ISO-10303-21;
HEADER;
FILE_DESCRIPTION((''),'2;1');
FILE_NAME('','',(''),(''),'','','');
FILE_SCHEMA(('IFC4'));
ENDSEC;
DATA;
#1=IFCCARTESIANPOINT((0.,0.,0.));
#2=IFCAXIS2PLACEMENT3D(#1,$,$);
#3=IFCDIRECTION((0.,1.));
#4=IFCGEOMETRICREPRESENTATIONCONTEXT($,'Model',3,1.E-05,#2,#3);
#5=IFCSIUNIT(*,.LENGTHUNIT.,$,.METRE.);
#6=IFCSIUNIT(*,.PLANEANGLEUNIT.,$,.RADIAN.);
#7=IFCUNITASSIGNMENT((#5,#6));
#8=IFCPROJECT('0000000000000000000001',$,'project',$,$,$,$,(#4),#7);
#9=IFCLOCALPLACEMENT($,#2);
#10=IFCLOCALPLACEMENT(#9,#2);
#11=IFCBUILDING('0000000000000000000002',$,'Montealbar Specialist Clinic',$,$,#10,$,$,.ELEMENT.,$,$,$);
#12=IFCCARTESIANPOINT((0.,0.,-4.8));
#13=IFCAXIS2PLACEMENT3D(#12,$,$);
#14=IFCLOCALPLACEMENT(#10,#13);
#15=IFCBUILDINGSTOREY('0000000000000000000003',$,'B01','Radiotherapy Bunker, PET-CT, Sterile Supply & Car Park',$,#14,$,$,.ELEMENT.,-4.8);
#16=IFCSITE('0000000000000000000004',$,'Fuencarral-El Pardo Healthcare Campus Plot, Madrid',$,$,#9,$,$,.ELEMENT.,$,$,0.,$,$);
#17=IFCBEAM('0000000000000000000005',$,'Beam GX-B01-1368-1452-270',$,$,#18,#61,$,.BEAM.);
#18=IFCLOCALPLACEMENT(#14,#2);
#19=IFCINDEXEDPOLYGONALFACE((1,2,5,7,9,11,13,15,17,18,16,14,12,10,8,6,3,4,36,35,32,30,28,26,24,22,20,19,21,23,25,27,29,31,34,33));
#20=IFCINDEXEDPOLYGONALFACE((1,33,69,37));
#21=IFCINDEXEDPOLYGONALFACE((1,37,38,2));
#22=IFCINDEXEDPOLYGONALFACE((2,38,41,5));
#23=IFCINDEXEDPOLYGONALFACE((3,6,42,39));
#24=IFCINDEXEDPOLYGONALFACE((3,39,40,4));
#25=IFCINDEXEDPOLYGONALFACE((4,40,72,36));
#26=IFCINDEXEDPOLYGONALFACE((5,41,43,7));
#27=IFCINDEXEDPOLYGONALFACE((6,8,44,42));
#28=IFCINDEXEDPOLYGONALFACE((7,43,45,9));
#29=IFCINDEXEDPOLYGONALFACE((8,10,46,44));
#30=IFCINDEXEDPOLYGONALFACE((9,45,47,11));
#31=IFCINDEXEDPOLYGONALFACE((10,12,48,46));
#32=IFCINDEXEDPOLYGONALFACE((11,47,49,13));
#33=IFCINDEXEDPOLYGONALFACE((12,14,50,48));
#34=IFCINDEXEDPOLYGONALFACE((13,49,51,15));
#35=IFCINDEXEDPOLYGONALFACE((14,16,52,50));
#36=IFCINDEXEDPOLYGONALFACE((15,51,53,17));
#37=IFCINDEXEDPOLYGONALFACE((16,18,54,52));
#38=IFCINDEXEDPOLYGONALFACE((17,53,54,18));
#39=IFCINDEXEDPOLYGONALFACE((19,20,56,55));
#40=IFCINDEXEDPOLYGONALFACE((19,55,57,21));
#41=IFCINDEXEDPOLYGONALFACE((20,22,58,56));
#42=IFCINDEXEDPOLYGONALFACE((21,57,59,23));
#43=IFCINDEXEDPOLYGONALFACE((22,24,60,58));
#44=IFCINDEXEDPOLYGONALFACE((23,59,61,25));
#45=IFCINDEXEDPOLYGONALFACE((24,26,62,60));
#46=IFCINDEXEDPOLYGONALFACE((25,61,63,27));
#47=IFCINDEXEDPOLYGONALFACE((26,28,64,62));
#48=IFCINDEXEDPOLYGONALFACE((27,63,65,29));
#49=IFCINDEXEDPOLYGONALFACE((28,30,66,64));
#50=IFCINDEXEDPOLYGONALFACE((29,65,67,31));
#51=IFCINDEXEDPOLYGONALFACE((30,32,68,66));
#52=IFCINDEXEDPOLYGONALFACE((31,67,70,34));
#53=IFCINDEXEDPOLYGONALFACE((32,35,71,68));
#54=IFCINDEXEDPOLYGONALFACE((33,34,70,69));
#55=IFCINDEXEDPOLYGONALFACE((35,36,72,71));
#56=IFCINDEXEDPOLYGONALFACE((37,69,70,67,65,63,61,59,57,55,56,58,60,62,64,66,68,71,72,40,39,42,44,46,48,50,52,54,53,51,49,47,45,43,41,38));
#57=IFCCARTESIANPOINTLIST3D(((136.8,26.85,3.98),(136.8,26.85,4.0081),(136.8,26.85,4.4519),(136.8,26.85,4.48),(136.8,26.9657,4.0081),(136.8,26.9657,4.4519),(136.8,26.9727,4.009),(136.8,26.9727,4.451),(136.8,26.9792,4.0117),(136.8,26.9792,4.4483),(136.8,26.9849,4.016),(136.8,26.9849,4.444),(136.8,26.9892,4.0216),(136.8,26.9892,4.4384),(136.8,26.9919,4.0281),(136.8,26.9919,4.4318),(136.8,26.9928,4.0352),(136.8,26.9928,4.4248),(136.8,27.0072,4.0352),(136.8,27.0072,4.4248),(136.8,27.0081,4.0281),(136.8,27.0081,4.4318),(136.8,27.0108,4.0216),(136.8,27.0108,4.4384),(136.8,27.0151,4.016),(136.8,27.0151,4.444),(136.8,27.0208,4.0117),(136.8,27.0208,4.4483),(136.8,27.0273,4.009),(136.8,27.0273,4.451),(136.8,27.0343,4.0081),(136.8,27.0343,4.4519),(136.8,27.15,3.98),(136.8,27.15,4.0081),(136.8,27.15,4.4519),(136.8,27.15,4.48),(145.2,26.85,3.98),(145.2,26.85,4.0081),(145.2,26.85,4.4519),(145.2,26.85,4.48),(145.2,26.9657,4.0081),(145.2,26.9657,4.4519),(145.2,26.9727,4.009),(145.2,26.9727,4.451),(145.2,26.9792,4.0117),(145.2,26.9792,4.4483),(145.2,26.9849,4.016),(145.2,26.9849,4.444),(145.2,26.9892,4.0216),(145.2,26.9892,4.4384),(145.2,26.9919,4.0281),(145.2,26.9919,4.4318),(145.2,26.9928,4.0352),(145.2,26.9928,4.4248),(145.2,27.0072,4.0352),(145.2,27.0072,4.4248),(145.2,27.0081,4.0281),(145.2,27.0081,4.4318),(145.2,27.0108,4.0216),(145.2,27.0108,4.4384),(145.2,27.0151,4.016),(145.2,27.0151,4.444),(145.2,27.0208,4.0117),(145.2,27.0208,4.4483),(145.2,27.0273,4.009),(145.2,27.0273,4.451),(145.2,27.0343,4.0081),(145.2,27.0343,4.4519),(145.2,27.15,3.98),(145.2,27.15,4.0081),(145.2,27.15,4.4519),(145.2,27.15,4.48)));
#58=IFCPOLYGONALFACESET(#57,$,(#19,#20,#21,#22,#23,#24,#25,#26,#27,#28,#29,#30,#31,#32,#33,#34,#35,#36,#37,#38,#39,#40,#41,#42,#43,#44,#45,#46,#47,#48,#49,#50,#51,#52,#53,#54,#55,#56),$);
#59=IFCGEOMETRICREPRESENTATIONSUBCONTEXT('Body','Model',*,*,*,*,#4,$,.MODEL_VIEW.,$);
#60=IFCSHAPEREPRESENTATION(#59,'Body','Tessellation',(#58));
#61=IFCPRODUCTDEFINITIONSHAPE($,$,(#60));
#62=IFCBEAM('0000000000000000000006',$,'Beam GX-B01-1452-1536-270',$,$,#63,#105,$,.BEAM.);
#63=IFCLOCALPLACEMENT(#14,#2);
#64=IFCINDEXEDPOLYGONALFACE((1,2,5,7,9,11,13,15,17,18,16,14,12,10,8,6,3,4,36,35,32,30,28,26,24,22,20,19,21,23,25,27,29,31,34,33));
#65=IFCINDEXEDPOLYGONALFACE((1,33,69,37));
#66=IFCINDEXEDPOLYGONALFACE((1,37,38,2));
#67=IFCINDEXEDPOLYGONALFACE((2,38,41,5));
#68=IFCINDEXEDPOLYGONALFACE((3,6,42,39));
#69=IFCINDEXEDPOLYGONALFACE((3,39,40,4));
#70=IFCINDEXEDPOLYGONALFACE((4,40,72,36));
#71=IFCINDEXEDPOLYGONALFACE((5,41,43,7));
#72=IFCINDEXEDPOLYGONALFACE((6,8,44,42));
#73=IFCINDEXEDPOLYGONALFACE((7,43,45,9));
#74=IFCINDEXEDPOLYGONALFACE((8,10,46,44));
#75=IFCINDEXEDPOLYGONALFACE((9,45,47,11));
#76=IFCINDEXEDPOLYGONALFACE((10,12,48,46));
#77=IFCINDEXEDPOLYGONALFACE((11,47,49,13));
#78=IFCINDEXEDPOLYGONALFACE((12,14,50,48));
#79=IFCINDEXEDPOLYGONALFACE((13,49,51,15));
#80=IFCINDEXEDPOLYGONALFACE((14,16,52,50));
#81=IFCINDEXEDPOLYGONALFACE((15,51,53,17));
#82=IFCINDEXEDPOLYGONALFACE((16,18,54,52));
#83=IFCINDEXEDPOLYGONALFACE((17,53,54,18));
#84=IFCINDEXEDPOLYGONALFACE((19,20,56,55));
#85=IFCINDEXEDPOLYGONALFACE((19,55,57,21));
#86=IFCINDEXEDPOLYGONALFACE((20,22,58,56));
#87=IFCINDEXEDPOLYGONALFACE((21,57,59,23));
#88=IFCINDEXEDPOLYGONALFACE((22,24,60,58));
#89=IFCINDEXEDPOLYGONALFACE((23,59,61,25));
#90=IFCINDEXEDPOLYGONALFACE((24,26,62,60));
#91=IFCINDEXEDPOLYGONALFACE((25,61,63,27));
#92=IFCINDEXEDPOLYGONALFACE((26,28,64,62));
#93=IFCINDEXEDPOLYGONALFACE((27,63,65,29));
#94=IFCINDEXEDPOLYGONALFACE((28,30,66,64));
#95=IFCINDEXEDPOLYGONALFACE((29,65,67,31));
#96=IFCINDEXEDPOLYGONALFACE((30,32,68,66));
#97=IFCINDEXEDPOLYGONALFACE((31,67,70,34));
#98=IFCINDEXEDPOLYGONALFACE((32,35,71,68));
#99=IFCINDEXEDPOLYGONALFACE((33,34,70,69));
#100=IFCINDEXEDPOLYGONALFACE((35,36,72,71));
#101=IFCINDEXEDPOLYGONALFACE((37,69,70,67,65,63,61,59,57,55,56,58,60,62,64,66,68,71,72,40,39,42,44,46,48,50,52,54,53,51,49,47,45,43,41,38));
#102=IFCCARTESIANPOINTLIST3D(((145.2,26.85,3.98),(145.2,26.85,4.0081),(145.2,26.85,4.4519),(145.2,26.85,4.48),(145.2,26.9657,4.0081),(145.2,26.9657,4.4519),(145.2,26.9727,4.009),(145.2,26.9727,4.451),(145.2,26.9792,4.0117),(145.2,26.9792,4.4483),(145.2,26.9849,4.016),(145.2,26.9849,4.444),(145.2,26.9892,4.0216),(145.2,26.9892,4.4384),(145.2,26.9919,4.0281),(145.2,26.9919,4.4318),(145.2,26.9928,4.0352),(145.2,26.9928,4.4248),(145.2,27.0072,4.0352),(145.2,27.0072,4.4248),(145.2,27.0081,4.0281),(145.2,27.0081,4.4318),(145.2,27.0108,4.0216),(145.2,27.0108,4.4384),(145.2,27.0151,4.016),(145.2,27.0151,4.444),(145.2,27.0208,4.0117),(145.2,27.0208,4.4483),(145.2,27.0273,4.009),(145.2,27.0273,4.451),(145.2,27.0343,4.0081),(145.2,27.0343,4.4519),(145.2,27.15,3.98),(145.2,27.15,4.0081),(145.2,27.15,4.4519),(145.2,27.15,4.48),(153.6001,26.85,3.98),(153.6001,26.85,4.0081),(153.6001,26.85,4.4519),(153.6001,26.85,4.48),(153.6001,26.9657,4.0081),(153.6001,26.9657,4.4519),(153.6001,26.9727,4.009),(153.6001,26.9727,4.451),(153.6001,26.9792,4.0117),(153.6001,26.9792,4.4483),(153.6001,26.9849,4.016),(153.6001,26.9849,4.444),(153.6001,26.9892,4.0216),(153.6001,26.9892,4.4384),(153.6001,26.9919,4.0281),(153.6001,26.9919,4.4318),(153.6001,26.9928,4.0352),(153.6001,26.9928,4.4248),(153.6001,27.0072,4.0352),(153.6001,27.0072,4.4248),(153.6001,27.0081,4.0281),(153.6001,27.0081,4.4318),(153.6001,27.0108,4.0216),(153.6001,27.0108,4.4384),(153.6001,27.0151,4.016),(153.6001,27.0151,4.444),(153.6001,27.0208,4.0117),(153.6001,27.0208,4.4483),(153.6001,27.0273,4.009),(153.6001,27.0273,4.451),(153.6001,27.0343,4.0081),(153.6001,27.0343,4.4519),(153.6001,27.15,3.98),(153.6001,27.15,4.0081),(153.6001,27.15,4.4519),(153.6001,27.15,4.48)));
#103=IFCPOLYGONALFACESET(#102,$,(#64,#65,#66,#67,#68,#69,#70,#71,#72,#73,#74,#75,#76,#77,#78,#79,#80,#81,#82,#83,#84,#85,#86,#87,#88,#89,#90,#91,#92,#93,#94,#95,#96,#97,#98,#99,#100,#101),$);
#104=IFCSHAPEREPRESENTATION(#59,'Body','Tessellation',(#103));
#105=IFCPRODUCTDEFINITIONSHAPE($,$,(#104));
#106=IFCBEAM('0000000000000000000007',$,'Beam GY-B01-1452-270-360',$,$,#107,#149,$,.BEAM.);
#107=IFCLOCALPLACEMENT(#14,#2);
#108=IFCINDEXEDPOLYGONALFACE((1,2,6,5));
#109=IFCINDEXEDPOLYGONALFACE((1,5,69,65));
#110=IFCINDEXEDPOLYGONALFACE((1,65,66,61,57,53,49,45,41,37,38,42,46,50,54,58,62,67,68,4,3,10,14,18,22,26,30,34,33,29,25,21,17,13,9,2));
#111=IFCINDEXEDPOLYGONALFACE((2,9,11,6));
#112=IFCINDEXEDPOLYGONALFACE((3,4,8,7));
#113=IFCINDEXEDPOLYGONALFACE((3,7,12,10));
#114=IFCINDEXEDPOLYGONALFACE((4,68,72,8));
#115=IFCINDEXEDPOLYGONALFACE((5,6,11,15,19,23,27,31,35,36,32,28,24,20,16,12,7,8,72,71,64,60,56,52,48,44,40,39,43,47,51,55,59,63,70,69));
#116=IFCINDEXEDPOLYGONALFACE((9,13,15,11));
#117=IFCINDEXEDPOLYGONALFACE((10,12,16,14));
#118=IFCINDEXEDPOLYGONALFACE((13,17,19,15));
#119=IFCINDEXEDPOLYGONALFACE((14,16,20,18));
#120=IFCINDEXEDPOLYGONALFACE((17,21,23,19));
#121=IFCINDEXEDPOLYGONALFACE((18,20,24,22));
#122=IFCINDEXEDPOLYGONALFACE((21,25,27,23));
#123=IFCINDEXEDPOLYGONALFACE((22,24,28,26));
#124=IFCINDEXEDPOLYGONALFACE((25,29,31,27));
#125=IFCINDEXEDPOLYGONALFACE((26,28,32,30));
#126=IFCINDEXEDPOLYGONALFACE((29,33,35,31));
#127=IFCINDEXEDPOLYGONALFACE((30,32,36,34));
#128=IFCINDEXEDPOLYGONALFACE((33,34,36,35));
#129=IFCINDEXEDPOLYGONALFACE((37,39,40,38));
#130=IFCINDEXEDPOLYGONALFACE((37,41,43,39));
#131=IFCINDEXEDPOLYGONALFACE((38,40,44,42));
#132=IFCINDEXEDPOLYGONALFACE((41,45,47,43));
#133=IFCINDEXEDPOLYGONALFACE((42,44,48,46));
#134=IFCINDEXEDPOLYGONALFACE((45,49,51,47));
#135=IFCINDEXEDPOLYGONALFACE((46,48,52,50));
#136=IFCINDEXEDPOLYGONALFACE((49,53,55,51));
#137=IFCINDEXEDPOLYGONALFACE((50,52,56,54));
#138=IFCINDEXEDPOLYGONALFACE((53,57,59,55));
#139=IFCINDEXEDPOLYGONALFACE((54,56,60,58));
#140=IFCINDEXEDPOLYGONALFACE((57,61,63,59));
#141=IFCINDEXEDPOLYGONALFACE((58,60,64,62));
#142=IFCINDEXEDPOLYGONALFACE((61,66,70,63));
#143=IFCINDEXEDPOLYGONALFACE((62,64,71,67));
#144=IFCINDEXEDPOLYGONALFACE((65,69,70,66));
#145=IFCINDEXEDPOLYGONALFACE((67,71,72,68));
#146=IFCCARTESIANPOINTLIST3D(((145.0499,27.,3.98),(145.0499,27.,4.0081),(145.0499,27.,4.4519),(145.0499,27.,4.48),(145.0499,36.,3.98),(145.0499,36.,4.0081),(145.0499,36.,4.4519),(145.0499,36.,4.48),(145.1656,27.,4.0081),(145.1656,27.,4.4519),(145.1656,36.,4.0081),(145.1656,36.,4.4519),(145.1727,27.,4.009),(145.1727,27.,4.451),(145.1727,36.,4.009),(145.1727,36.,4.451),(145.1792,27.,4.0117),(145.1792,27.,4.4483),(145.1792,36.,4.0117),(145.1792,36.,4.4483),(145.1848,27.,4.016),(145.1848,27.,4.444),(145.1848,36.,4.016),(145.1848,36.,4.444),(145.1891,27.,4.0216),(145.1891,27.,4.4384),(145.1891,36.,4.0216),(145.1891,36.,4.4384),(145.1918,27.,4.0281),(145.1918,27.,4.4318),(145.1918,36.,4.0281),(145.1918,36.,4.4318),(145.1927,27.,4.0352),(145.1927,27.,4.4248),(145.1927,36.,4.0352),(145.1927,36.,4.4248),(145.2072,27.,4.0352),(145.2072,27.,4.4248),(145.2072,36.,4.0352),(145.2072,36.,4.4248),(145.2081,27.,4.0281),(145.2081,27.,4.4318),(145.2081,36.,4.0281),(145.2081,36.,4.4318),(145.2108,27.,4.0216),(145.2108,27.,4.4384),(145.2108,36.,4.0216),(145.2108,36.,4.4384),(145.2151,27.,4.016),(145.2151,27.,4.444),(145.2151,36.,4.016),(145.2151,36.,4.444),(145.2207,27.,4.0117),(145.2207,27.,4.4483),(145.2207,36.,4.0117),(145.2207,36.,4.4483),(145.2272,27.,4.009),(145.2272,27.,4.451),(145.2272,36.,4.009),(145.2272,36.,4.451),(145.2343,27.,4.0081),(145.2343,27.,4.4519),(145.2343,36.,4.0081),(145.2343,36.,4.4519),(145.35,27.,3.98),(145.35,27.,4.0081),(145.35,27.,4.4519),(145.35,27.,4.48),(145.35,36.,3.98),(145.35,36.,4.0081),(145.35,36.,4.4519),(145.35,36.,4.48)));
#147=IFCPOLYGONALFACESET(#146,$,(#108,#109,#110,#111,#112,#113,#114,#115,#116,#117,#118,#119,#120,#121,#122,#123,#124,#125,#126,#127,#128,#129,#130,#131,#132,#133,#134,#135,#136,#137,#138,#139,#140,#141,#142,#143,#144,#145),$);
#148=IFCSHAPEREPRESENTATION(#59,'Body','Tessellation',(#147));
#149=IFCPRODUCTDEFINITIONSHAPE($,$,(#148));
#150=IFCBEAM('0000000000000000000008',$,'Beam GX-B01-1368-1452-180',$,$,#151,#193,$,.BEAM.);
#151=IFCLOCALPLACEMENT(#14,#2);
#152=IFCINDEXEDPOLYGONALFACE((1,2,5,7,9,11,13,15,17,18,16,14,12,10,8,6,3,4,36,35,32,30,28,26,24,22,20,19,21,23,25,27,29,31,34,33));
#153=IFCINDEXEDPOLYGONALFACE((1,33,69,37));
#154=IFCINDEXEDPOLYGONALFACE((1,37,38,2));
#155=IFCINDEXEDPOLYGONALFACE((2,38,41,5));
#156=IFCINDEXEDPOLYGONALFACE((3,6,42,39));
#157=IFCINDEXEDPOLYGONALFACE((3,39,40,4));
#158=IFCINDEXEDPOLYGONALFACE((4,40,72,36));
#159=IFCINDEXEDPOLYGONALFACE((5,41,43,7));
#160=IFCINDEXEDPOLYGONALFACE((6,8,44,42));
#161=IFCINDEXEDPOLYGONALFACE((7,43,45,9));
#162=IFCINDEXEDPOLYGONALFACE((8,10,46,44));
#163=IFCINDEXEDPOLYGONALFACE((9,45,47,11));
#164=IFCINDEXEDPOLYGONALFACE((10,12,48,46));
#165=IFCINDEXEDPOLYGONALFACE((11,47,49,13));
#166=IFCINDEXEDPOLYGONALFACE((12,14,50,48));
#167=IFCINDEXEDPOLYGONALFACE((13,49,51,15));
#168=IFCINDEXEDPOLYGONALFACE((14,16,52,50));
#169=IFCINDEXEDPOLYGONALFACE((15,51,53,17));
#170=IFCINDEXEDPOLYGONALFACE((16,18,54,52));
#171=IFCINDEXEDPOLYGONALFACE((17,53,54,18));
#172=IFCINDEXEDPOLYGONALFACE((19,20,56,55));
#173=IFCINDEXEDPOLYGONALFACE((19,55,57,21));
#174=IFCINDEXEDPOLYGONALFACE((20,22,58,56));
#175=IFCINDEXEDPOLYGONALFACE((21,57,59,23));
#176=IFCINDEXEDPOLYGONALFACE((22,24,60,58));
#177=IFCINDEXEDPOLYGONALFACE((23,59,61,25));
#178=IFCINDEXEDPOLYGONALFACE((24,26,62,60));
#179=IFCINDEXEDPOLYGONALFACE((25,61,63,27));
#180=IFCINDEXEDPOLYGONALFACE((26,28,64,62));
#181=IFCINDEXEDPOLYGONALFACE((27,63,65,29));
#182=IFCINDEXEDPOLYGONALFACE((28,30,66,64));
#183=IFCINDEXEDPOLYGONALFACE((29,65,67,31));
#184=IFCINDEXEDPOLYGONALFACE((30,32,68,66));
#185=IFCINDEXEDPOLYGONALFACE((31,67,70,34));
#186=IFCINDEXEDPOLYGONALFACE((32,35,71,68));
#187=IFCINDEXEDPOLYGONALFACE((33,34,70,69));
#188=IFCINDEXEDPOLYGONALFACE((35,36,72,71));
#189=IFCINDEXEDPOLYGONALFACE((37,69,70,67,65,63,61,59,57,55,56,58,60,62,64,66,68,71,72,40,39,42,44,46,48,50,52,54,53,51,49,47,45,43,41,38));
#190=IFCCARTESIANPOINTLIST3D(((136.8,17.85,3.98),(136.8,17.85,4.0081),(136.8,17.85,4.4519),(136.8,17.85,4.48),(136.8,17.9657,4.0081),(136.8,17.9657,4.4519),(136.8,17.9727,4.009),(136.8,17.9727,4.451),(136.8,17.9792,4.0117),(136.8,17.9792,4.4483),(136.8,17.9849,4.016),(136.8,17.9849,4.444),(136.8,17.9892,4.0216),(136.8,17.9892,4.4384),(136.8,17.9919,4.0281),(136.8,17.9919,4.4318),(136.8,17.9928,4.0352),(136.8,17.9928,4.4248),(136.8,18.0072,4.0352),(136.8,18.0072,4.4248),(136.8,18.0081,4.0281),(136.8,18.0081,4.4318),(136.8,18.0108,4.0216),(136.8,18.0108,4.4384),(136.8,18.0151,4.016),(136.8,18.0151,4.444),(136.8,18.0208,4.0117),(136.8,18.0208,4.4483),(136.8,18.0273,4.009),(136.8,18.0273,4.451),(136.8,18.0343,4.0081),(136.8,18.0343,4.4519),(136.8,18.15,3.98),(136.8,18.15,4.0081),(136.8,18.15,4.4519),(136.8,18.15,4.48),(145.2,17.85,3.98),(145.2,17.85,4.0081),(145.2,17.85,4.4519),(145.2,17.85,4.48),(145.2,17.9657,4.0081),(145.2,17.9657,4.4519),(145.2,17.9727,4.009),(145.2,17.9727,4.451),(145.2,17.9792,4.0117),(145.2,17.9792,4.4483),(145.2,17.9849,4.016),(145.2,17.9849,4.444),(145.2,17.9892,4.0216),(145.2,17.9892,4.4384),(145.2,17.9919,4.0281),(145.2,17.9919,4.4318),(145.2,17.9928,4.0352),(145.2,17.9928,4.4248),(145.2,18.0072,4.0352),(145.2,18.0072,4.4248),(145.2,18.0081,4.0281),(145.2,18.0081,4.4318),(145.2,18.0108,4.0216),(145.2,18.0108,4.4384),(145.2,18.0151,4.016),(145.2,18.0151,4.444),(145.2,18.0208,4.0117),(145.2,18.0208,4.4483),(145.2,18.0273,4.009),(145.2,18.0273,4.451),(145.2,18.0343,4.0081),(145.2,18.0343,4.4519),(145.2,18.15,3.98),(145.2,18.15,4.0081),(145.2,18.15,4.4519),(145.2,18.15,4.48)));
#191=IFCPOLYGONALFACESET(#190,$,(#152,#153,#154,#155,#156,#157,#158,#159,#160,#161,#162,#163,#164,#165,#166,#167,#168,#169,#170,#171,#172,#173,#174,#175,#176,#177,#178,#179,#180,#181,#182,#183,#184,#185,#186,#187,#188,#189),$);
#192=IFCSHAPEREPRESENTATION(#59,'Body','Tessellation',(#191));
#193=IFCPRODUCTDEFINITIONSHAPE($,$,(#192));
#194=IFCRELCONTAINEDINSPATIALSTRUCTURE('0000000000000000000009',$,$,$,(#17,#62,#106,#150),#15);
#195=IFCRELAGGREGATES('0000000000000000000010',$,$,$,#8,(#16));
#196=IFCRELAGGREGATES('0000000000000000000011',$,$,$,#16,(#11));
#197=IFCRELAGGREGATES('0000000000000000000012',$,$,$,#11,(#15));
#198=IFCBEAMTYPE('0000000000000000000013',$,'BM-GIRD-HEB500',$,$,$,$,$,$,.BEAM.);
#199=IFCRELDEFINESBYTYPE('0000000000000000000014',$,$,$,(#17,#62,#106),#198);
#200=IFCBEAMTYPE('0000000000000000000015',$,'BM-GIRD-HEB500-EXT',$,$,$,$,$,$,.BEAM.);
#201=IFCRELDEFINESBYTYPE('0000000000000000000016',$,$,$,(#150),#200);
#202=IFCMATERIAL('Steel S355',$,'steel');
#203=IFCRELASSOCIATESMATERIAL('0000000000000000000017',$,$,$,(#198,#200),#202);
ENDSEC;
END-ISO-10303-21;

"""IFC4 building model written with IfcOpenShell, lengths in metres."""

from ifc_helpers import new_model, si_unit, direction, frame, origin, origin_2d, place, context, subcontext, project, spatial, i_section, extrude, material, material_profile, profile_set, type_object, element, save


model = new_model("IFC4")

# Units and contexts
model_context = context("Model", 3, precision=1e-05, world=origin(), true_north=direction((0.0, 1.0)))
body_context = subcontext(model_context, "Body", "Model", "MODEL_VIEW")
ifc_project = project(units=[si_unit("LENGTHUNIT", "METRE"), si_unit("PLANEANGLEUNIT", "RADIAN")], contexts=[model_context])

# Site, building, storey
site_placement = place(None, origin())
site = spatial("IfcSite", under=ifc_project, at=site_placement, Name="Fuencarral-El Pardo Healthcare Campus Plot, Madrid", CompositionType="ELEMENT", RefElevation=0.0)
building_placement = place(site_placement, origin())
building = spatial("IfcBuilding", under=site, at=building_placement, Name="Montealbar Specialist Clinic", CompositionType="ELEMENT")
storey_placement = place(building_placement, frame((0.0, 0.0, -4.8)))
storey = spatial("IfcBuildingStorey", under=building, at=storey_placement, Name="B01", Description="Radiotherapy Bunker, PET-CT, Sterile Supply & Car Park", CompositionType="ELEMENT", Elevation=-4.8)

# Shared definitions
ifc_material_1 = material(Name="Steel S355", Category="steel")

# Beams
ifc_material_profile_1 = material_profile(ifc_material_1, i_section(OverallWidth=0.3, OverallDepth=0.5, WebThickness=0.0144, FlangeThickness=0.0281, FilletRadius=0.0271, at=origin_2d()), Name="HEB 500", Category="steel")
ifc_profile_set_1 = profile_set([ifc_material_profile_1], Name="Steel S355")
beam_type_1 = type_object("IfcBeamType", Name="BM-GIRD-HEB500", PredefinedType="BEAM", material=ifc_profile_set_1)
beam_1_placement = place(storey_placement, frame((136.8, 27.0, 4.23), z_axis=(1.0, 0.0, 0.0), x_axis=(0.0, 1.0, 0.0)))
element("IfcBeam", 1, at=beam_1_placement, inside=storey, type_object=beam_type_1, Name="Beam GX-B01-1368-1452-270", PredefinedType="BEAM", context=body_context, shape_type="SweptSolid", body=[
    extrude(i_section(OverallWidth=0.3, OverallDepth=0.5, WebThickness=0.0144, FlangeThickness=0.0281, FilletRadius=0.0271, at=origin_2d()), origin(), (0.0, 0.0, 1.0), 8.3999),
])
beam_2_placement = place(storey_placement, frame((145.2, 27.0, 4.23), z_axis=(1.0, 0.0, 0.0), x_axis=(0.0, 1.0, 0.0)))
element("IfcBeam", 2, at=beam_2_placement, inside=storey, type_object=beam_type_1, Name="Beam GX-B01-1452-1536-270", PredefinedType="BEAM", context=body_context, shape_type="SweptSolid", body=[
    extrude(i_section(OverallWidth=0.3, OverallDepth=0.5, WebThickness=0.0144, FlangeThickness=0.0281, FilletRadius=0.0271, at=origin_2d()), origin(), (0.0, 0.0, 1.0), 8.4001),
])
beam_3_placement = place(storey_placement, frame((145.2, 27.0, 4.23), z_axis=(0.0, 1.0, 0.0), x_axis=(-1.0, 0.0, 0.0)))
element("IfcBeam", 3, at=beam_3_placement, inside=storey, type_object=beam_type_1, Name="Beam GY-B01-1452-270-360", PredefinedType="BEAM", context=body_context, shape_type="SweptSolid", body=[
    extrude(i_section(OverallWidth=0.3, OverallDepth=0.5, WebThickness=0.0144, FlangeThickness=0.0281, FilletRadius=0.0271, at=origin_2d()), origin(), (0.0, 0.0, 1.0), 9.0),
])
ifc_material_profile_2 = material_profile(ifc_material_1, i_section(OverallWidth=0.3, OverallDepth=0.5, WebThickness=0.0144, FlangeThickness=0.0281, FilletRadius=0.0271, at=origin_2d()), Name="HEB 500", Category="steel")
ifc_profile_set_2 = profile_set([ifc_material_profile_2], Name="Steel S355")
beam_type_2 = type_object("IfcBeamType", Name="BM-GIRD-HEB500-EXT", PredefinedType="BEAM", material=ifc_profile_set_2)
beam_4_placement = place(storey_placement, frame((136.8, 18.0, 4.23), z_axis=(1.0, 0.0, 0.0), x_axis=(0.0, 1.0, 0.0)))
element("IfcBeam", 4, at=beam_4_placement, inside=storey, type_object=beam_type_2, Name="Beam GX-B01-1368-1452-180", PredefinedType="BEAM", context=body_context, shape_type="SweptSolid", body=[
    extrude(i_section(OverallWidth=0.3, OverallDepth=0.5, WebThickness=0.0144, FlangeThickness=0.0281, FilletRadius=0.0271, at=origin_2d()), origin(), (0.0, 0.0, 1.0), 8.3999),
])

save(model, "model.ifc")
